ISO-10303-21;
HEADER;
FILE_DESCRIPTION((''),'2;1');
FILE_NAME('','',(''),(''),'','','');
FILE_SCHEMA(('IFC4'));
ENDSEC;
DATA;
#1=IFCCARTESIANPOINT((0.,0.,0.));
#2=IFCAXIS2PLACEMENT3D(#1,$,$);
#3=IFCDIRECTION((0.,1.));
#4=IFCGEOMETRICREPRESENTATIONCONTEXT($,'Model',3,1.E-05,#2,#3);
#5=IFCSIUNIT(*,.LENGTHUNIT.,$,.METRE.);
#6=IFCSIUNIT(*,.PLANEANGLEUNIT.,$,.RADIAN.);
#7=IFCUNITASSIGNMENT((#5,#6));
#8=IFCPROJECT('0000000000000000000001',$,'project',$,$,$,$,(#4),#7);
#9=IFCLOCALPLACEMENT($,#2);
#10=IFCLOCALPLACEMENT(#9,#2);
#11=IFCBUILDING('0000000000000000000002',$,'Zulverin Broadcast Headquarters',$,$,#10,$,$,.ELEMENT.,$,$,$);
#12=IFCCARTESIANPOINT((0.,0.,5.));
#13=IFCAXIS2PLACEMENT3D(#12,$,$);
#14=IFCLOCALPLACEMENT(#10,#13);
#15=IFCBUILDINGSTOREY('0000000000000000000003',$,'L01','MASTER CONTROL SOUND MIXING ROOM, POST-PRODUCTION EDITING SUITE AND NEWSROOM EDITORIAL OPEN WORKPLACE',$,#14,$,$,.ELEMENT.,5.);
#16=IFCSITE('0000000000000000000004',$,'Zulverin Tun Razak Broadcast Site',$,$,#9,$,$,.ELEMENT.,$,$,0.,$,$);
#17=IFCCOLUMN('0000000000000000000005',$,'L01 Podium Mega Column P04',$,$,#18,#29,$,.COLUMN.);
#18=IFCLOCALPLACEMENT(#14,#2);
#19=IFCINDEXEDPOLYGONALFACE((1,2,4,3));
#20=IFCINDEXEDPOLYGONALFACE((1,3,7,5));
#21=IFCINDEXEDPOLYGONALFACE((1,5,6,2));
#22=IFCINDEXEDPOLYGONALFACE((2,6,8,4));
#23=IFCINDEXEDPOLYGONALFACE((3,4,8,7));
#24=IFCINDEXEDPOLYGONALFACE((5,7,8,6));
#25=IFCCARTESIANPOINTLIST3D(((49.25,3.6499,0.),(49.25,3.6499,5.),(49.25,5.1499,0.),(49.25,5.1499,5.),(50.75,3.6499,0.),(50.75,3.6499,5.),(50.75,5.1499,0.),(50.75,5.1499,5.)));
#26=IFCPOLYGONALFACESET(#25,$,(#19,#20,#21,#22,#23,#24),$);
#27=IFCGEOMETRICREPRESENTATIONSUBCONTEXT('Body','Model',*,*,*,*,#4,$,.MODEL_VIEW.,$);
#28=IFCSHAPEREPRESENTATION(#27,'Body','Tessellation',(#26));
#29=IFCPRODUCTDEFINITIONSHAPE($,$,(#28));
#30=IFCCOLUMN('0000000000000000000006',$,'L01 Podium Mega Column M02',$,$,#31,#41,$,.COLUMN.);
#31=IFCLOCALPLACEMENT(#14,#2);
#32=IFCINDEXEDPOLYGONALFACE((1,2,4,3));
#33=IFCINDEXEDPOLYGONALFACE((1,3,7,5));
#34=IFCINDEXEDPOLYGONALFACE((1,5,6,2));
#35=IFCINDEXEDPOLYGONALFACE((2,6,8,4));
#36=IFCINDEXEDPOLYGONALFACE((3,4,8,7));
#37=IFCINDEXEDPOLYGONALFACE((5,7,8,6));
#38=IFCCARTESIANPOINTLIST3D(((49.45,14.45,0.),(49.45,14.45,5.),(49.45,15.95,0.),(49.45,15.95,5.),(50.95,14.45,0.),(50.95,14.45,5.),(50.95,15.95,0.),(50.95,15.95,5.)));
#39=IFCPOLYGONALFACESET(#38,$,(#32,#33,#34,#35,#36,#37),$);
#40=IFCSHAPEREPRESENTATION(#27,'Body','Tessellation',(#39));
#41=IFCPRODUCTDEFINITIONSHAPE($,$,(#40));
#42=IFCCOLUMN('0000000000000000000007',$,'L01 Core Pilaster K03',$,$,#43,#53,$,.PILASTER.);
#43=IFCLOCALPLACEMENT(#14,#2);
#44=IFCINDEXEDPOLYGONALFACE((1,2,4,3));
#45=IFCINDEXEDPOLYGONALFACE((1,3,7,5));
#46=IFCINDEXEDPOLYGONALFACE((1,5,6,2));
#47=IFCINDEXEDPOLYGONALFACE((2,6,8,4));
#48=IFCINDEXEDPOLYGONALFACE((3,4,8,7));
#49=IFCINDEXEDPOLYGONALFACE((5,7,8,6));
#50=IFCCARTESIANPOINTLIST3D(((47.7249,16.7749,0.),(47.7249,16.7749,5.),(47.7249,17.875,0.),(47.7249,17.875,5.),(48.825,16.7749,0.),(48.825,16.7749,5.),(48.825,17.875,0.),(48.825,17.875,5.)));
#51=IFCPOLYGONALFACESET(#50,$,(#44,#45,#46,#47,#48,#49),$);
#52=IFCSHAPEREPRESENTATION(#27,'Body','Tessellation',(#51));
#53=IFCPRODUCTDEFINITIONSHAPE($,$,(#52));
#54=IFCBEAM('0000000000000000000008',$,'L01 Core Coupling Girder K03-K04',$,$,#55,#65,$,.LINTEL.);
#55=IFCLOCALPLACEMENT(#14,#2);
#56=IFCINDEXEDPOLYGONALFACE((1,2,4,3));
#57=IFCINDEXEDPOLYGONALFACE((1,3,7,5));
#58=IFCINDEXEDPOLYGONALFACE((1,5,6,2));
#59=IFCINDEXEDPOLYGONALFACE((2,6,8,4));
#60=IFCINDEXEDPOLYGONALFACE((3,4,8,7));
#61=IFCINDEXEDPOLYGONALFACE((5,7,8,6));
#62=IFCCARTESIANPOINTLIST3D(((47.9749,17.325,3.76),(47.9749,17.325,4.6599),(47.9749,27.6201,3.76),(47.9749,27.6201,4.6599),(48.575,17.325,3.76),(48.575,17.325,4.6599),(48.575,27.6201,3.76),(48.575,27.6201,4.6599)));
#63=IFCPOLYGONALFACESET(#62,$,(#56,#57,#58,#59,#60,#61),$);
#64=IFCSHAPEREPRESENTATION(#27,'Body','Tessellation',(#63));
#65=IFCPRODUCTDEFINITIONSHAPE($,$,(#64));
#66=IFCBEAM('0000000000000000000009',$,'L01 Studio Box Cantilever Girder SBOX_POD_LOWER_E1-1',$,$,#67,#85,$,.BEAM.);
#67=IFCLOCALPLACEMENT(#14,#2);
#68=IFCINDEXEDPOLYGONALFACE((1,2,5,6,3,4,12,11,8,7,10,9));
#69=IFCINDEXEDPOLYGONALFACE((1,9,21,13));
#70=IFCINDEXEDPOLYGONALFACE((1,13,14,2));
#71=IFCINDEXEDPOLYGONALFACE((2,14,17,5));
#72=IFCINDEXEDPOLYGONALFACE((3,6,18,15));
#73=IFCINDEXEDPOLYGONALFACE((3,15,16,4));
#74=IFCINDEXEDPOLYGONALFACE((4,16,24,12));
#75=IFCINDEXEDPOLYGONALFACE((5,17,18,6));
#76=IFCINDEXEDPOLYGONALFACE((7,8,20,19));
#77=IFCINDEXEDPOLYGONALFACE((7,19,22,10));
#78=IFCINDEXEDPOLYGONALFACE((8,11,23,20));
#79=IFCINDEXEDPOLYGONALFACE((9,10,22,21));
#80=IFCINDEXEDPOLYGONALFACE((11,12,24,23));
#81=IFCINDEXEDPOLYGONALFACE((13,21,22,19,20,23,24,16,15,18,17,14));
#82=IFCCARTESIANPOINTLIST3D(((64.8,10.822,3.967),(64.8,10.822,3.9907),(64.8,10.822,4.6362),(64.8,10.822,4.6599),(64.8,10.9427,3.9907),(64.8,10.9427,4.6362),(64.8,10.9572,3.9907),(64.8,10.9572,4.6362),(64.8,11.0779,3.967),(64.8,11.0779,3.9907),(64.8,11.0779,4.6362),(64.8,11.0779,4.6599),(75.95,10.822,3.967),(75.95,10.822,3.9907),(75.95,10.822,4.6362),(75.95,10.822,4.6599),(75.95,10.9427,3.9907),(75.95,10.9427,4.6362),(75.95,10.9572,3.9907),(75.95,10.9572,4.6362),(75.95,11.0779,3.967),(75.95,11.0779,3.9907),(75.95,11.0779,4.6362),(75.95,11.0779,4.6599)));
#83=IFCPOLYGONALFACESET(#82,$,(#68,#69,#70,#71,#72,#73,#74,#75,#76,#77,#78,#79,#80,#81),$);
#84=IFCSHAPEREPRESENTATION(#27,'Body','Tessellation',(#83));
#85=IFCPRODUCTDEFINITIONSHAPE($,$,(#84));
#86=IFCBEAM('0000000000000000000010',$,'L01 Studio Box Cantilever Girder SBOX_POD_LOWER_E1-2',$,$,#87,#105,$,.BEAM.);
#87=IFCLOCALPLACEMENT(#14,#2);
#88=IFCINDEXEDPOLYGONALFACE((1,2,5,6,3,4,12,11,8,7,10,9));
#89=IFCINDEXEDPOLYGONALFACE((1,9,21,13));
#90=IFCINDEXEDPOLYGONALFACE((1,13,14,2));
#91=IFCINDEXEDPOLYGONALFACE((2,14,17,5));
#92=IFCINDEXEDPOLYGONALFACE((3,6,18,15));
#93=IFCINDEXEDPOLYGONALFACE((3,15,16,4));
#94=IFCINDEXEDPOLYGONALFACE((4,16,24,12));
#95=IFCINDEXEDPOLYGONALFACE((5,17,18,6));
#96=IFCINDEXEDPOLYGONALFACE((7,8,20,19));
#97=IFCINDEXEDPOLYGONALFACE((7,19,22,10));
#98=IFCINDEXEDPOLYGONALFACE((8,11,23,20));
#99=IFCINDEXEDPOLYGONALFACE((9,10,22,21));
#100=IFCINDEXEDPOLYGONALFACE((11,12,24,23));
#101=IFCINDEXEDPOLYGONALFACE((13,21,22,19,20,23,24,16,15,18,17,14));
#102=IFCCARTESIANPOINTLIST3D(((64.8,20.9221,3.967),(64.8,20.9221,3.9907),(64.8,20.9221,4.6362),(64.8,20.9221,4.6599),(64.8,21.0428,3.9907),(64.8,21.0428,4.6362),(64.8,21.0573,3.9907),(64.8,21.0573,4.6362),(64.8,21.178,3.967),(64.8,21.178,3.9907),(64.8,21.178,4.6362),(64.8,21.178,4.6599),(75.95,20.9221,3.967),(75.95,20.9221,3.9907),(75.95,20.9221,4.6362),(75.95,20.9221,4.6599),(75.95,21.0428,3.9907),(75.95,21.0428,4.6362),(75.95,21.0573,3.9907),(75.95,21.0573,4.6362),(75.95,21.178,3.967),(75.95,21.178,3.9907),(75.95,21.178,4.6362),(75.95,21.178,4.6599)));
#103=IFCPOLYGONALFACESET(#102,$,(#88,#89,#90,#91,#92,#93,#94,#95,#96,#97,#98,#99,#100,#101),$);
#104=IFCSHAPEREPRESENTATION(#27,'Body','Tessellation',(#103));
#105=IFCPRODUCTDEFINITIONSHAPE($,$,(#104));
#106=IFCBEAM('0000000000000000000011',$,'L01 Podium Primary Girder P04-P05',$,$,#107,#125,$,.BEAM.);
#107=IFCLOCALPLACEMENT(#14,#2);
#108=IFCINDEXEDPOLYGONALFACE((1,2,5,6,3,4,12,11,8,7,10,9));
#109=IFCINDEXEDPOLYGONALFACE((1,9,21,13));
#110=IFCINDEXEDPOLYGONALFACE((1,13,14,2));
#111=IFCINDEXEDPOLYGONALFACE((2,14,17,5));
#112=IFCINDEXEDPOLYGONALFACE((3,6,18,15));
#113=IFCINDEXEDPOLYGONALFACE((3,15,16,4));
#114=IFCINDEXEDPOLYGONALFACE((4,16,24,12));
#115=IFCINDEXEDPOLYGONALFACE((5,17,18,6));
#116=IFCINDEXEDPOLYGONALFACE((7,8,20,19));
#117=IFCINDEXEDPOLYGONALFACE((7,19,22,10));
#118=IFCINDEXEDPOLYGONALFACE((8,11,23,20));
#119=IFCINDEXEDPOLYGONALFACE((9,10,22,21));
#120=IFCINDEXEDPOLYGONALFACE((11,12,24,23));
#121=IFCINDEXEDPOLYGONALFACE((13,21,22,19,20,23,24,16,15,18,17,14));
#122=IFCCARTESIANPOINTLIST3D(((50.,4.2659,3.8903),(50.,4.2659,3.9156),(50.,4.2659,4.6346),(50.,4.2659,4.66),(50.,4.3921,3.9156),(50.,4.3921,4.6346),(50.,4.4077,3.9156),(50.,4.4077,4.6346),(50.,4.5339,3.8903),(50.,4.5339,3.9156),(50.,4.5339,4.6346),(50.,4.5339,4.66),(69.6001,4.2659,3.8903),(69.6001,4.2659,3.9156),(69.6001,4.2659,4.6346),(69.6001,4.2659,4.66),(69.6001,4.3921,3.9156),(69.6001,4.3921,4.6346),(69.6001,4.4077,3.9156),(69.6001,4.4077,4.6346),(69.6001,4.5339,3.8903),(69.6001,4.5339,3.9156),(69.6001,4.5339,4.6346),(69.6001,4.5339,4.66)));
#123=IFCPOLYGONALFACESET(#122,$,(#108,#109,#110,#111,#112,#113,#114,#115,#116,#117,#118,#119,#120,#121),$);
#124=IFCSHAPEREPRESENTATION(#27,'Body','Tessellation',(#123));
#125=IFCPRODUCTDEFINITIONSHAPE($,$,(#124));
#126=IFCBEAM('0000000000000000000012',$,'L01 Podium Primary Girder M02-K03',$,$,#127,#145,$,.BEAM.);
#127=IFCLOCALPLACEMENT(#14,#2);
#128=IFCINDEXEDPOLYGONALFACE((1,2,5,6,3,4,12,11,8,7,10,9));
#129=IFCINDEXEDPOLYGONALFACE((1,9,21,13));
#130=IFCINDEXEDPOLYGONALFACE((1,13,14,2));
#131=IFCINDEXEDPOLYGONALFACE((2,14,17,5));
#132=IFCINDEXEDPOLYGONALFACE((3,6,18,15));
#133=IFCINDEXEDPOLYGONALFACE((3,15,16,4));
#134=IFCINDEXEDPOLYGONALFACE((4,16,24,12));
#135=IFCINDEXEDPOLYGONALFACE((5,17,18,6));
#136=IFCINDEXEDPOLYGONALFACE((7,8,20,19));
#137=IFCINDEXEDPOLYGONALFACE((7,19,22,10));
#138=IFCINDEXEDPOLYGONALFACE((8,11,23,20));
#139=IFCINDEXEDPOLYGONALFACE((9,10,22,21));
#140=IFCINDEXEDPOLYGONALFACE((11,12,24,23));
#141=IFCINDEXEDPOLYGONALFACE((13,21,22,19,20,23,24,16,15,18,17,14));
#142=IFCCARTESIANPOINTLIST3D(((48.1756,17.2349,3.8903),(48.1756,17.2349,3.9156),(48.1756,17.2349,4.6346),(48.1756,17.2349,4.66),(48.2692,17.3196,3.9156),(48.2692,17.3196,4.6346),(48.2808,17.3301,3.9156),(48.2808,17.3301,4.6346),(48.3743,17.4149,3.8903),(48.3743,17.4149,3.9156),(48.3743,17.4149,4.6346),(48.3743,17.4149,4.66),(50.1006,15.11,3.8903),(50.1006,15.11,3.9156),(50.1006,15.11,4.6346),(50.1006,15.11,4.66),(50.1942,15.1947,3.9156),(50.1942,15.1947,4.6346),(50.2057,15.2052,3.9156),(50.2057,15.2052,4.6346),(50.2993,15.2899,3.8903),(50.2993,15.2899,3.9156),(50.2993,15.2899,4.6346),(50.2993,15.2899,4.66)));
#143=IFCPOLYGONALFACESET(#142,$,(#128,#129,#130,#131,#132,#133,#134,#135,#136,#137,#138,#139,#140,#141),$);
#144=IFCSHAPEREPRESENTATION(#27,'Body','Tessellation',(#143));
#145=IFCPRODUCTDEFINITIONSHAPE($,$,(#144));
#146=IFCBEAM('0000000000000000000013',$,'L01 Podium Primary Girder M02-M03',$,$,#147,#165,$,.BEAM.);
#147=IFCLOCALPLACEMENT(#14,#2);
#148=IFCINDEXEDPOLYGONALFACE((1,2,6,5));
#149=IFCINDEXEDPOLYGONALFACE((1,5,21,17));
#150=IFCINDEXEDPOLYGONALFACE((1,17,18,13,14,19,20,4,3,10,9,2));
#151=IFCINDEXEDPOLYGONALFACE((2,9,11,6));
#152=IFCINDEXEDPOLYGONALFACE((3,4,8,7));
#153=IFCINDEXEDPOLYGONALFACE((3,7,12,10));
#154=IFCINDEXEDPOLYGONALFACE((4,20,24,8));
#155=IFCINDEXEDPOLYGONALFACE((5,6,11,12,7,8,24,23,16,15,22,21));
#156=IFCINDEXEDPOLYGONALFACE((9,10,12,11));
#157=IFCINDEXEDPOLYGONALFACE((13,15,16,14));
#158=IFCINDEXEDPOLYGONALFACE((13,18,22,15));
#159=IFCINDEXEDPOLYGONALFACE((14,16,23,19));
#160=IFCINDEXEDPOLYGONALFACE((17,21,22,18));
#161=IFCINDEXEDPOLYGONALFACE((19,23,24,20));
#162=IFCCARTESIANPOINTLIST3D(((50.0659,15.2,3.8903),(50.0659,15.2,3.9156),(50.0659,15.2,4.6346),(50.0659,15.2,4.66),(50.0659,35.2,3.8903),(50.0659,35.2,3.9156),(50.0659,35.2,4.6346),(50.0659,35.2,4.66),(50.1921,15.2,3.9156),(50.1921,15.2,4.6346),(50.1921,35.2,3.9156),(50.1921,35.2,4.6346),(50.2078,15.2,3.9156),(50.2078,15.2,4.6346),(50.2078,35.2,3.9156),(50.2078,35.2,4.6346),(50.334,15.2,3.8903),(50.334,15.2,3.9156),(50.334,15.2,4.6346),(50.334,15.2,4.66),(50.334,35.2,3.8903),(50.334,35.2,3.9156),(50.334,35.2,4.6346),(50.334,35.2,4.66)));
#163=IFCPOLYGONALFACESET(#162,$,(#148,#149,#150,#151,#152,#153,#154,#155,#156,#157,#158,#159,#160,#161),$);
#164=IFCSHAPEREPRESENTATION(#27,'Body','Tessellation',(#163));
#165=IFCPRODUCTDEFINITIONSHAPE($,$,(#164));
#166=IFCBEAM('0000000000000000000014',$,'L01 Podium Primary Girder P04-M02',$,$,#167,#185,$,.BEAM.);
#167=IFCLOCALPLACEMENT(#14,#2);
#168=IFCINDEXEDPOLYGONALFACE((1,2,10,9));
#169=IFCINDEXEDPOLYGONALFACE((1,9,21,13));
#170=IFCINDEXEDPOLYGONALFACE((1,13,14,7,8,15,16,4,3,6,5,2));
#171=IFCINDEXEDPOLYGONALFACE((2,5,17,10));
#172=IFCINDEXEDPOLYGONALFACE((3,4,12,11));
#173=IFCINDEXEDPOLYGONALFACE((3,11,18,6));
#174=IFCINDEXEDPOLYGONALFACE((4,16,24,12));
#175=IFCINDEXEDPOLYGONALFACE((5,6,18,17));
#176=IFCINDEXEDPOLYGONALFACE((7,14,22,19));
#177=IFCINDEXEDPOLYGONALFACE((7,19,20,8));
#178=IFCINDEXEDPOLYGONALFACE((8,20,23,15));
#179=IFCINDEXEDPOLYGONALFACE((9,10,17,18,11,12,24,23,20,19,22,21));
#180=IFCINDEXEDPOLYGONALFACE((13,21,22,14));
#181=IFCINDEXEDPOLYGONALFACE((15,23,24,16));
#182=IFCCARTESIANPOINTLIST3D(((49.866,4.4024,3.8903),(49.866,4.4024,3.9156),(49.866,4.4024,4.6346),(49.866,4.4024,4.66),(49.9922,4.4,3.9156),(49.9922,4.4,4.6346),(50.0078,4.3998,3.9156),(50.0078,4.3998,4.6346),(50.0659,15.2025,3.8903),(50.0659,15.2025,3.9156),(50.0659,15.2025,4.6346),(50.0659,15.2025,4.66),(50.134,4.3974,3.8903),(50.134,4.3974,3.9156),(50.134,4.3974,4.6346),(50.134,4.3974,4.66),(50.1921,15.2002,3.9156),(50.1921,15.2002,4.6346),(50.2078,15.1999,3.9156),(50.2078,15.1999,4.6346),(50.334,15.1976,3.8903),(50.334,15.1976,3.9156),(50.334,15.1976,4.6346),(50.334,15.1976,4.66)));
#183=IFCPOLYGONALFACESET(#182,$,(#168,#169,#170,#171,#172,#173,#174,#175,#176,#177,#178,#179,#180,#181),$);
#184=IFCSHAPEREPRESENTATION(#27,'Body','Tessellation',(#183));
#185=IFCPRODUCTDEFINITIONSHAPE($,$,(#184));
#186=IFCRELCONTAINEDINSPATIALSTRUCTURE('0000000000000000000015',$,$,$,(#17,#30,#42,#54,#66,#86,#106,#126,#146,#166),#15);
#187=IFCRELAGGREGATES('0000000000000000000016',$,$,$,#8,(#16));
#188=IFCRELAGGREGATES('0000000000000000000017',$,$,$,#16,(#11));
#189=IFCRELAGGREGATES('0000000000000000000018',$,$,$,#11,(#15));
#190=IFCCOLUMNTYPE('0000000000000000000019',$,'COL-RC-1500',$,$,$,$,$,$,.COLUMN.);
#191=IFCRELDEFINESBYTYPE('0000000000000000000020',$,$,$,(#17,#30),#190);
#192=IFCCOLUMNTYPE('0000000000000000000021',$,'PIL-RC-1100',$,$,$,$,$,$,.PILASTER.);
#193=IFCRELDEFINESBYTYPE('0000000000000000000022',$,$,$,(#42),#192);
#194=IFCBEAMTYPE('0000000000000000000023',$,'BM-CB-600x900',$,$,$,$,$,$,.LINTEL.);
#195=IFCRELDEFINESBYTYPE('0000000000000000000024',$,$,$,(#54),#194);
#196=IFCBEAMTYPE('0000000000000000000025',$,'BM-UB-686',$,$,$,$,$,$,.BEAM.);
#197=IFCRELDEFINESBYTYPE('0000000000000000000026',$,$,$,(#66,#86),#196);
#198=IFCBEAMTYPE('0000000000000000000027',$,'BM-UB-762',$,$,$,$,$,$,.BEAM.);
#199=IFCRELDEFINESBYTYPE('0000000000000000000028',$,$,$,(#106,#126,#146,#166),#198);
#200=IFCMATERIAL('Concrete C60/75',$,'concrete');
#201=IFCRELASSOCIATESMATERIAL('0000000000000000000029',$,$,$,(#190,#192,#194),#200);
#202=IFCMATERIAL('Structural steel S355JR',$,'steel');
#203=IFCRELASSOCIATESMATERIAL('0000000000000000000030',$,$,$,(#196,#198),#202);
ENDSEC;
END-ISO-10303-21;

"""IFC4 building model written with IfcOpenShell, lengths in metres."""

from ifc_helpers import new_model, si_unit, direction, frame, origin, origin_2d, place, context, subcontext, project, spatial, rectangle, i_section, extrude, material, material_profile, profile_set, type_object, element, save


model = new_model("IFC4")

# Units and contexts
model_context = context("Model", 3, precision=1e-05, world=origin(), true_north=direction((0.0, 1.0)))
body_context = subcontext(model_context, "Body", "Model", "MODEL_VIEW")
ifc_project = project(units=[si_unit("LENGTHUNIT", "METRE"), si_unit("PLANEANGLEUNIT", "RADIAN")], contexts=[model_context])

# Site, building, storey
site_placement = place(None, origin())
site = spatial("IfcSite", under=ifc_project, at=site_placement, Name="Zulverin Tun Razak Broadcast Site", CompositionType="ELEMENT", RefElevation=0.0)
building_placement = place(site_placement, origin())
building = spatial("IfcBuilding", under=site, at=building_placement, Name="Zulverin Broadcast Headquarters", CompositionType="ELEMENT")
storey_placement = place(building_placement, frame((0.0, 0.0, 5.0)))
storey = spatial("IfcBuildingStorey", under=building, at=storey_placement, Name="L01", Description="MASTER CONTROL SOUND MIXING ROOM, POST-PRODUCTION EDITING SUITE AND NEWSROOM EDITORIAL OPEN WORKPLACE", CompositionType="ELEMENT", Elevation=5.0)

# Columns
ifc_material_1 = material(Name="Concrete C60/75", Category="concrete")
ifc_material_profile_1 = material_profile(ifc_material_1, rectangle(XDim=1.5, YDim=1.5, at=origin_2d()), Name="Concrete C60/75", Category="concrete")
ifc_profile_set_1 = profile_set([ifc_material_profile_1], Name="Concrete C60/75")
column_type_1 = type_object("IfcColumnType", Name="COL-RC-1500", PredefinedType="COLUMN", material=ifc_profile_set_1)
for number, where, z_axis, x_axis, name in (
    (1, (50.0, 4.3999, 0.0), (0.0, 0.0, 1.0), (1.0, 0.0, 0.0), "L01 Podium Mega Column P04"),
    (2, (50.2, 15.2, 0.0), (0.0, 0.0, 1.0), (1.0, 0.0, 0.0), "L01 Podium Mega Column M02"),
):
    element("IfcColumn", number, at=place(storey_placement, frame(where, z_axis=z_axis, x_axis=x_axis)), inside=storey, type_object=column_type_1, Name=name, PredefinedType="COLUMN", context=body_context, shape_type="SweptSolid", body=[
        extrude(rectangle(XDim=1.5, YDim=1.5, at=origin_2d()), origin(), (0.0, 0.0, 1.0), 5.0),
    ])
ifc_material_profile_2 = material_profile(ifc_material_1, rectangle(XDim=1.1001, YDim=1.1001, at=origin_2d()), Name="Concrete C60/75", Category="concrete")
ifc_profile_set_2 = profile_set([ifc_material_profile_2], Name="Concrete C60/75")
column_type_2 = type_object("IfcColumnType", Name="PIL-RC-1100", PredefinedType="PILASTER", material=ifc_profile_set_2)
column_placement = place(storey_placement, frame((48.2749, 17.325, 0.0), z_axis=(0.0, 0.0, 1.0), x_axis=(1.0, 0.0, 0.0)))
element("IfcColumn", 3, at=column_placement, inside=storey, type_object=column_type_2, Name="L01 Core Pilaster K03", PredefinedType="PILASTER", context=body_context, shape_type="SweptSolid", body=[
    extrude(rectangle(XDim=1.1001, YDim=1.1001, at=origin_2d()), origin(), (0.0, 0.0, 1.0), 5.0),
])

# Beams
ifc_material_profile_3 = material_profile(ifc_material_1, rectangle(XDim=0.6001, YDim=0.8999, at=origin_2d()), Name="Concrete C60/75", Category="concrete")
ifc_profile_set_3 = profile_set([ifc_material_profile_3], Name="Concrete C60/75")
beam_type_1 = type_object("IfcBeamType", Name="BM-CB-600x900", PredefinedType="LINTEL", material=ifc_profile_set_3)
beam_1_placement = place(storey_placement, frame((48.2749, 17.325, 4.21), z_axis=(0.0, 1.0, 0.0), x_axis=(-1.0, 0.0, 0.0)))
element("IfcBeam", 4, at=beam_1_placement, inside=storey, type_object=beam_type_1, Name="L01 Core Coupling Girder K03-K04", PredefinedType="LINTEL", context=body_context, shape_type="SweptSolid", body=[
    extrude(rectangle(XDim=0.6001, YDim=0.8999, at=origin_2d()), origin(), (0.0, 0.0, 1.0), 10.2952),
])
ifc_material_2 = material(Name="Structural steel S355JR", Category="steel")
ifc_material_profile_4 = material_profile(ifc_material_2, i_section(OverallWidth=0.2559, OverallDepth=0.6929, WebThickness=0.0144, FlangeThickness=0.0237, at=origin_2d()), Name="Structural steel S355JR", Category="steel")
ifc_profile_set_4 = profile_set([ifc_material_profile_4], Name="Structural steel S355JR")
beam_type_2 = type_object("IfcBeamType", Name="BM-UB-686", PredefinedType="BEAM", material=ifc_profile_set_4)
for number, where, z_axis, x_axis, name in (
    (5, (64.8, 10.95, 4.3135), (1.0, 0.0, 0.0), (0.0, 1.0, 0.0), "L01 Studio Box Cantilever Girder SBOX_POD_LOWER_E1-1"),
    (6, (64.8, 21.05, 4.3135), (1.0, 0.0, 0.0), (0.0, 1.0, 0.0), "L01 Studio Box Cantilever Girder SBOX_POD_LOWER_E1-2"),
):
    element("IfcBeam", number, at=place(storey_placement, frame(where, z_axis=z_axis, x_axis=x_axis)), inside=storey, type_object=beam_type_2, Name=name, PredefinedType="BEAM", context=body_context, shape_type="SweptSolid", body=[
        extrude(i_section(OverallWidth=0.2559, OverallDepth=0.6929, WebThickness=0.0144, FlangeThickness=0.0237, at=origin_2d()), origin(), (0.0, 0.0, 1.0), 11.1499),
    ])
ifc_material_profile_5 = material_profile(ifc_material_2, i_section(OverallWidth=0.2681, OverallDepth=0.7698, WebThickness=0.0156, FlangeThickness=0.0254, at=origin_2d()), Name="Structural steel S355JR", Category="steel")
ifc_profile_set_5 = profile_set([ifc_material_profile_5], Name="Structural steel S355JR")
beam_type_3 = type_object("IfcBeamType", Name="BM-UB-762", PredefinedType="BEAM", material=ifc_profile_set_5)
beam_2_placement = place(storey_placement, frame((50.0, 4.3999, 4.2751), z_axis=(1.0, 0.0, 0.0), x_axis=(0.0, 1.0, 0.0)))
element("IfcBeam", 7, at=beam_2_placement, inside=storey, type_object=beam_type_3, Name="L01 Podium Primary Girder P04-P05", PredefinedType="BEAM", context=body_context, shape_type="SweptSolid", body=[
    extrude(i_section(OverallWidth=0.2681, OverallDepth=0.7698, WebThickness=0.0156, FlangeThickness=0.0254, at=origin_2d()), origin(), (0.0, 0.0, 1.0), 19.6001),
])
beam_3_placement = place(storey_placement, frame((50.2, 15.2, 4.2751), z_axis=(-0.671379, 0.741114, 0.0), x_axis=(-0.741114, -0.671379, 0.0)))
element("IfcBeam", 8, at=beam_3_placement, inside=storey, type_object=beam_type_3, Name="L01 Podium Primary Girder M02-K03", PredefinedType="BEAM", context=body_context, shape_type="SweptSolid", body=[
    extrude(i_section(OverallWidth=0.2681, OverallDepth=0.7698, WebThickness=0.0156, FlangeThickness=0.0254, at=origin_2d()), origin(), (0.0, 0.0, 1.0), 2.8672),
])
beam_4_placement = place(storey_placement, frame((50.2, 15.2, 4.2751), z_axis=(0.0, 1.0, 0.0), x_axis=(-1.0, 0.0, 0.0)))
element("IfcBeam", 9, at=beam_4_placement, inside=storey, type_object=beam_type_3, Name="L01 Podium Primary Girder M02-M03", PredefinedType="BEAM", context=body_context, shape_type="SweptSolid", body=[
    extrude(i_section(OverallWidth=0.2681, OverallDepth=0.7698, WebThickness=0.0156, FlangeThickness=0.0254, at=origin_2d()), origin(), (0.0, 0.0, 1.0), 20.0),
])
beam_5_placement = place(storey_placement, frame((50.0, 4.3999, 4.2751), z_axis=(0.018511, 0.999829, 0.0), x_axis=(-0.999829, 0.018511, 0.0)))
element("IfcBeam", 10, at=beam_5_placement, inside=storey, type_object=beam_type_3, Name="L01 Podium Primary Girder P04-M02", PredefinedType="BEAM", context=body_context, shape_type="SweptSolid", body=[
    extrude(i_section(OverallWidth=0.2681, OverallDepth=0.7698, WebThickness=0.0156, FlangeThickness=0.0254, at=origin_2d()), origin(), (0.0, 0.0, 1.0), 10.802),
])

save(model, "model.ifc")
